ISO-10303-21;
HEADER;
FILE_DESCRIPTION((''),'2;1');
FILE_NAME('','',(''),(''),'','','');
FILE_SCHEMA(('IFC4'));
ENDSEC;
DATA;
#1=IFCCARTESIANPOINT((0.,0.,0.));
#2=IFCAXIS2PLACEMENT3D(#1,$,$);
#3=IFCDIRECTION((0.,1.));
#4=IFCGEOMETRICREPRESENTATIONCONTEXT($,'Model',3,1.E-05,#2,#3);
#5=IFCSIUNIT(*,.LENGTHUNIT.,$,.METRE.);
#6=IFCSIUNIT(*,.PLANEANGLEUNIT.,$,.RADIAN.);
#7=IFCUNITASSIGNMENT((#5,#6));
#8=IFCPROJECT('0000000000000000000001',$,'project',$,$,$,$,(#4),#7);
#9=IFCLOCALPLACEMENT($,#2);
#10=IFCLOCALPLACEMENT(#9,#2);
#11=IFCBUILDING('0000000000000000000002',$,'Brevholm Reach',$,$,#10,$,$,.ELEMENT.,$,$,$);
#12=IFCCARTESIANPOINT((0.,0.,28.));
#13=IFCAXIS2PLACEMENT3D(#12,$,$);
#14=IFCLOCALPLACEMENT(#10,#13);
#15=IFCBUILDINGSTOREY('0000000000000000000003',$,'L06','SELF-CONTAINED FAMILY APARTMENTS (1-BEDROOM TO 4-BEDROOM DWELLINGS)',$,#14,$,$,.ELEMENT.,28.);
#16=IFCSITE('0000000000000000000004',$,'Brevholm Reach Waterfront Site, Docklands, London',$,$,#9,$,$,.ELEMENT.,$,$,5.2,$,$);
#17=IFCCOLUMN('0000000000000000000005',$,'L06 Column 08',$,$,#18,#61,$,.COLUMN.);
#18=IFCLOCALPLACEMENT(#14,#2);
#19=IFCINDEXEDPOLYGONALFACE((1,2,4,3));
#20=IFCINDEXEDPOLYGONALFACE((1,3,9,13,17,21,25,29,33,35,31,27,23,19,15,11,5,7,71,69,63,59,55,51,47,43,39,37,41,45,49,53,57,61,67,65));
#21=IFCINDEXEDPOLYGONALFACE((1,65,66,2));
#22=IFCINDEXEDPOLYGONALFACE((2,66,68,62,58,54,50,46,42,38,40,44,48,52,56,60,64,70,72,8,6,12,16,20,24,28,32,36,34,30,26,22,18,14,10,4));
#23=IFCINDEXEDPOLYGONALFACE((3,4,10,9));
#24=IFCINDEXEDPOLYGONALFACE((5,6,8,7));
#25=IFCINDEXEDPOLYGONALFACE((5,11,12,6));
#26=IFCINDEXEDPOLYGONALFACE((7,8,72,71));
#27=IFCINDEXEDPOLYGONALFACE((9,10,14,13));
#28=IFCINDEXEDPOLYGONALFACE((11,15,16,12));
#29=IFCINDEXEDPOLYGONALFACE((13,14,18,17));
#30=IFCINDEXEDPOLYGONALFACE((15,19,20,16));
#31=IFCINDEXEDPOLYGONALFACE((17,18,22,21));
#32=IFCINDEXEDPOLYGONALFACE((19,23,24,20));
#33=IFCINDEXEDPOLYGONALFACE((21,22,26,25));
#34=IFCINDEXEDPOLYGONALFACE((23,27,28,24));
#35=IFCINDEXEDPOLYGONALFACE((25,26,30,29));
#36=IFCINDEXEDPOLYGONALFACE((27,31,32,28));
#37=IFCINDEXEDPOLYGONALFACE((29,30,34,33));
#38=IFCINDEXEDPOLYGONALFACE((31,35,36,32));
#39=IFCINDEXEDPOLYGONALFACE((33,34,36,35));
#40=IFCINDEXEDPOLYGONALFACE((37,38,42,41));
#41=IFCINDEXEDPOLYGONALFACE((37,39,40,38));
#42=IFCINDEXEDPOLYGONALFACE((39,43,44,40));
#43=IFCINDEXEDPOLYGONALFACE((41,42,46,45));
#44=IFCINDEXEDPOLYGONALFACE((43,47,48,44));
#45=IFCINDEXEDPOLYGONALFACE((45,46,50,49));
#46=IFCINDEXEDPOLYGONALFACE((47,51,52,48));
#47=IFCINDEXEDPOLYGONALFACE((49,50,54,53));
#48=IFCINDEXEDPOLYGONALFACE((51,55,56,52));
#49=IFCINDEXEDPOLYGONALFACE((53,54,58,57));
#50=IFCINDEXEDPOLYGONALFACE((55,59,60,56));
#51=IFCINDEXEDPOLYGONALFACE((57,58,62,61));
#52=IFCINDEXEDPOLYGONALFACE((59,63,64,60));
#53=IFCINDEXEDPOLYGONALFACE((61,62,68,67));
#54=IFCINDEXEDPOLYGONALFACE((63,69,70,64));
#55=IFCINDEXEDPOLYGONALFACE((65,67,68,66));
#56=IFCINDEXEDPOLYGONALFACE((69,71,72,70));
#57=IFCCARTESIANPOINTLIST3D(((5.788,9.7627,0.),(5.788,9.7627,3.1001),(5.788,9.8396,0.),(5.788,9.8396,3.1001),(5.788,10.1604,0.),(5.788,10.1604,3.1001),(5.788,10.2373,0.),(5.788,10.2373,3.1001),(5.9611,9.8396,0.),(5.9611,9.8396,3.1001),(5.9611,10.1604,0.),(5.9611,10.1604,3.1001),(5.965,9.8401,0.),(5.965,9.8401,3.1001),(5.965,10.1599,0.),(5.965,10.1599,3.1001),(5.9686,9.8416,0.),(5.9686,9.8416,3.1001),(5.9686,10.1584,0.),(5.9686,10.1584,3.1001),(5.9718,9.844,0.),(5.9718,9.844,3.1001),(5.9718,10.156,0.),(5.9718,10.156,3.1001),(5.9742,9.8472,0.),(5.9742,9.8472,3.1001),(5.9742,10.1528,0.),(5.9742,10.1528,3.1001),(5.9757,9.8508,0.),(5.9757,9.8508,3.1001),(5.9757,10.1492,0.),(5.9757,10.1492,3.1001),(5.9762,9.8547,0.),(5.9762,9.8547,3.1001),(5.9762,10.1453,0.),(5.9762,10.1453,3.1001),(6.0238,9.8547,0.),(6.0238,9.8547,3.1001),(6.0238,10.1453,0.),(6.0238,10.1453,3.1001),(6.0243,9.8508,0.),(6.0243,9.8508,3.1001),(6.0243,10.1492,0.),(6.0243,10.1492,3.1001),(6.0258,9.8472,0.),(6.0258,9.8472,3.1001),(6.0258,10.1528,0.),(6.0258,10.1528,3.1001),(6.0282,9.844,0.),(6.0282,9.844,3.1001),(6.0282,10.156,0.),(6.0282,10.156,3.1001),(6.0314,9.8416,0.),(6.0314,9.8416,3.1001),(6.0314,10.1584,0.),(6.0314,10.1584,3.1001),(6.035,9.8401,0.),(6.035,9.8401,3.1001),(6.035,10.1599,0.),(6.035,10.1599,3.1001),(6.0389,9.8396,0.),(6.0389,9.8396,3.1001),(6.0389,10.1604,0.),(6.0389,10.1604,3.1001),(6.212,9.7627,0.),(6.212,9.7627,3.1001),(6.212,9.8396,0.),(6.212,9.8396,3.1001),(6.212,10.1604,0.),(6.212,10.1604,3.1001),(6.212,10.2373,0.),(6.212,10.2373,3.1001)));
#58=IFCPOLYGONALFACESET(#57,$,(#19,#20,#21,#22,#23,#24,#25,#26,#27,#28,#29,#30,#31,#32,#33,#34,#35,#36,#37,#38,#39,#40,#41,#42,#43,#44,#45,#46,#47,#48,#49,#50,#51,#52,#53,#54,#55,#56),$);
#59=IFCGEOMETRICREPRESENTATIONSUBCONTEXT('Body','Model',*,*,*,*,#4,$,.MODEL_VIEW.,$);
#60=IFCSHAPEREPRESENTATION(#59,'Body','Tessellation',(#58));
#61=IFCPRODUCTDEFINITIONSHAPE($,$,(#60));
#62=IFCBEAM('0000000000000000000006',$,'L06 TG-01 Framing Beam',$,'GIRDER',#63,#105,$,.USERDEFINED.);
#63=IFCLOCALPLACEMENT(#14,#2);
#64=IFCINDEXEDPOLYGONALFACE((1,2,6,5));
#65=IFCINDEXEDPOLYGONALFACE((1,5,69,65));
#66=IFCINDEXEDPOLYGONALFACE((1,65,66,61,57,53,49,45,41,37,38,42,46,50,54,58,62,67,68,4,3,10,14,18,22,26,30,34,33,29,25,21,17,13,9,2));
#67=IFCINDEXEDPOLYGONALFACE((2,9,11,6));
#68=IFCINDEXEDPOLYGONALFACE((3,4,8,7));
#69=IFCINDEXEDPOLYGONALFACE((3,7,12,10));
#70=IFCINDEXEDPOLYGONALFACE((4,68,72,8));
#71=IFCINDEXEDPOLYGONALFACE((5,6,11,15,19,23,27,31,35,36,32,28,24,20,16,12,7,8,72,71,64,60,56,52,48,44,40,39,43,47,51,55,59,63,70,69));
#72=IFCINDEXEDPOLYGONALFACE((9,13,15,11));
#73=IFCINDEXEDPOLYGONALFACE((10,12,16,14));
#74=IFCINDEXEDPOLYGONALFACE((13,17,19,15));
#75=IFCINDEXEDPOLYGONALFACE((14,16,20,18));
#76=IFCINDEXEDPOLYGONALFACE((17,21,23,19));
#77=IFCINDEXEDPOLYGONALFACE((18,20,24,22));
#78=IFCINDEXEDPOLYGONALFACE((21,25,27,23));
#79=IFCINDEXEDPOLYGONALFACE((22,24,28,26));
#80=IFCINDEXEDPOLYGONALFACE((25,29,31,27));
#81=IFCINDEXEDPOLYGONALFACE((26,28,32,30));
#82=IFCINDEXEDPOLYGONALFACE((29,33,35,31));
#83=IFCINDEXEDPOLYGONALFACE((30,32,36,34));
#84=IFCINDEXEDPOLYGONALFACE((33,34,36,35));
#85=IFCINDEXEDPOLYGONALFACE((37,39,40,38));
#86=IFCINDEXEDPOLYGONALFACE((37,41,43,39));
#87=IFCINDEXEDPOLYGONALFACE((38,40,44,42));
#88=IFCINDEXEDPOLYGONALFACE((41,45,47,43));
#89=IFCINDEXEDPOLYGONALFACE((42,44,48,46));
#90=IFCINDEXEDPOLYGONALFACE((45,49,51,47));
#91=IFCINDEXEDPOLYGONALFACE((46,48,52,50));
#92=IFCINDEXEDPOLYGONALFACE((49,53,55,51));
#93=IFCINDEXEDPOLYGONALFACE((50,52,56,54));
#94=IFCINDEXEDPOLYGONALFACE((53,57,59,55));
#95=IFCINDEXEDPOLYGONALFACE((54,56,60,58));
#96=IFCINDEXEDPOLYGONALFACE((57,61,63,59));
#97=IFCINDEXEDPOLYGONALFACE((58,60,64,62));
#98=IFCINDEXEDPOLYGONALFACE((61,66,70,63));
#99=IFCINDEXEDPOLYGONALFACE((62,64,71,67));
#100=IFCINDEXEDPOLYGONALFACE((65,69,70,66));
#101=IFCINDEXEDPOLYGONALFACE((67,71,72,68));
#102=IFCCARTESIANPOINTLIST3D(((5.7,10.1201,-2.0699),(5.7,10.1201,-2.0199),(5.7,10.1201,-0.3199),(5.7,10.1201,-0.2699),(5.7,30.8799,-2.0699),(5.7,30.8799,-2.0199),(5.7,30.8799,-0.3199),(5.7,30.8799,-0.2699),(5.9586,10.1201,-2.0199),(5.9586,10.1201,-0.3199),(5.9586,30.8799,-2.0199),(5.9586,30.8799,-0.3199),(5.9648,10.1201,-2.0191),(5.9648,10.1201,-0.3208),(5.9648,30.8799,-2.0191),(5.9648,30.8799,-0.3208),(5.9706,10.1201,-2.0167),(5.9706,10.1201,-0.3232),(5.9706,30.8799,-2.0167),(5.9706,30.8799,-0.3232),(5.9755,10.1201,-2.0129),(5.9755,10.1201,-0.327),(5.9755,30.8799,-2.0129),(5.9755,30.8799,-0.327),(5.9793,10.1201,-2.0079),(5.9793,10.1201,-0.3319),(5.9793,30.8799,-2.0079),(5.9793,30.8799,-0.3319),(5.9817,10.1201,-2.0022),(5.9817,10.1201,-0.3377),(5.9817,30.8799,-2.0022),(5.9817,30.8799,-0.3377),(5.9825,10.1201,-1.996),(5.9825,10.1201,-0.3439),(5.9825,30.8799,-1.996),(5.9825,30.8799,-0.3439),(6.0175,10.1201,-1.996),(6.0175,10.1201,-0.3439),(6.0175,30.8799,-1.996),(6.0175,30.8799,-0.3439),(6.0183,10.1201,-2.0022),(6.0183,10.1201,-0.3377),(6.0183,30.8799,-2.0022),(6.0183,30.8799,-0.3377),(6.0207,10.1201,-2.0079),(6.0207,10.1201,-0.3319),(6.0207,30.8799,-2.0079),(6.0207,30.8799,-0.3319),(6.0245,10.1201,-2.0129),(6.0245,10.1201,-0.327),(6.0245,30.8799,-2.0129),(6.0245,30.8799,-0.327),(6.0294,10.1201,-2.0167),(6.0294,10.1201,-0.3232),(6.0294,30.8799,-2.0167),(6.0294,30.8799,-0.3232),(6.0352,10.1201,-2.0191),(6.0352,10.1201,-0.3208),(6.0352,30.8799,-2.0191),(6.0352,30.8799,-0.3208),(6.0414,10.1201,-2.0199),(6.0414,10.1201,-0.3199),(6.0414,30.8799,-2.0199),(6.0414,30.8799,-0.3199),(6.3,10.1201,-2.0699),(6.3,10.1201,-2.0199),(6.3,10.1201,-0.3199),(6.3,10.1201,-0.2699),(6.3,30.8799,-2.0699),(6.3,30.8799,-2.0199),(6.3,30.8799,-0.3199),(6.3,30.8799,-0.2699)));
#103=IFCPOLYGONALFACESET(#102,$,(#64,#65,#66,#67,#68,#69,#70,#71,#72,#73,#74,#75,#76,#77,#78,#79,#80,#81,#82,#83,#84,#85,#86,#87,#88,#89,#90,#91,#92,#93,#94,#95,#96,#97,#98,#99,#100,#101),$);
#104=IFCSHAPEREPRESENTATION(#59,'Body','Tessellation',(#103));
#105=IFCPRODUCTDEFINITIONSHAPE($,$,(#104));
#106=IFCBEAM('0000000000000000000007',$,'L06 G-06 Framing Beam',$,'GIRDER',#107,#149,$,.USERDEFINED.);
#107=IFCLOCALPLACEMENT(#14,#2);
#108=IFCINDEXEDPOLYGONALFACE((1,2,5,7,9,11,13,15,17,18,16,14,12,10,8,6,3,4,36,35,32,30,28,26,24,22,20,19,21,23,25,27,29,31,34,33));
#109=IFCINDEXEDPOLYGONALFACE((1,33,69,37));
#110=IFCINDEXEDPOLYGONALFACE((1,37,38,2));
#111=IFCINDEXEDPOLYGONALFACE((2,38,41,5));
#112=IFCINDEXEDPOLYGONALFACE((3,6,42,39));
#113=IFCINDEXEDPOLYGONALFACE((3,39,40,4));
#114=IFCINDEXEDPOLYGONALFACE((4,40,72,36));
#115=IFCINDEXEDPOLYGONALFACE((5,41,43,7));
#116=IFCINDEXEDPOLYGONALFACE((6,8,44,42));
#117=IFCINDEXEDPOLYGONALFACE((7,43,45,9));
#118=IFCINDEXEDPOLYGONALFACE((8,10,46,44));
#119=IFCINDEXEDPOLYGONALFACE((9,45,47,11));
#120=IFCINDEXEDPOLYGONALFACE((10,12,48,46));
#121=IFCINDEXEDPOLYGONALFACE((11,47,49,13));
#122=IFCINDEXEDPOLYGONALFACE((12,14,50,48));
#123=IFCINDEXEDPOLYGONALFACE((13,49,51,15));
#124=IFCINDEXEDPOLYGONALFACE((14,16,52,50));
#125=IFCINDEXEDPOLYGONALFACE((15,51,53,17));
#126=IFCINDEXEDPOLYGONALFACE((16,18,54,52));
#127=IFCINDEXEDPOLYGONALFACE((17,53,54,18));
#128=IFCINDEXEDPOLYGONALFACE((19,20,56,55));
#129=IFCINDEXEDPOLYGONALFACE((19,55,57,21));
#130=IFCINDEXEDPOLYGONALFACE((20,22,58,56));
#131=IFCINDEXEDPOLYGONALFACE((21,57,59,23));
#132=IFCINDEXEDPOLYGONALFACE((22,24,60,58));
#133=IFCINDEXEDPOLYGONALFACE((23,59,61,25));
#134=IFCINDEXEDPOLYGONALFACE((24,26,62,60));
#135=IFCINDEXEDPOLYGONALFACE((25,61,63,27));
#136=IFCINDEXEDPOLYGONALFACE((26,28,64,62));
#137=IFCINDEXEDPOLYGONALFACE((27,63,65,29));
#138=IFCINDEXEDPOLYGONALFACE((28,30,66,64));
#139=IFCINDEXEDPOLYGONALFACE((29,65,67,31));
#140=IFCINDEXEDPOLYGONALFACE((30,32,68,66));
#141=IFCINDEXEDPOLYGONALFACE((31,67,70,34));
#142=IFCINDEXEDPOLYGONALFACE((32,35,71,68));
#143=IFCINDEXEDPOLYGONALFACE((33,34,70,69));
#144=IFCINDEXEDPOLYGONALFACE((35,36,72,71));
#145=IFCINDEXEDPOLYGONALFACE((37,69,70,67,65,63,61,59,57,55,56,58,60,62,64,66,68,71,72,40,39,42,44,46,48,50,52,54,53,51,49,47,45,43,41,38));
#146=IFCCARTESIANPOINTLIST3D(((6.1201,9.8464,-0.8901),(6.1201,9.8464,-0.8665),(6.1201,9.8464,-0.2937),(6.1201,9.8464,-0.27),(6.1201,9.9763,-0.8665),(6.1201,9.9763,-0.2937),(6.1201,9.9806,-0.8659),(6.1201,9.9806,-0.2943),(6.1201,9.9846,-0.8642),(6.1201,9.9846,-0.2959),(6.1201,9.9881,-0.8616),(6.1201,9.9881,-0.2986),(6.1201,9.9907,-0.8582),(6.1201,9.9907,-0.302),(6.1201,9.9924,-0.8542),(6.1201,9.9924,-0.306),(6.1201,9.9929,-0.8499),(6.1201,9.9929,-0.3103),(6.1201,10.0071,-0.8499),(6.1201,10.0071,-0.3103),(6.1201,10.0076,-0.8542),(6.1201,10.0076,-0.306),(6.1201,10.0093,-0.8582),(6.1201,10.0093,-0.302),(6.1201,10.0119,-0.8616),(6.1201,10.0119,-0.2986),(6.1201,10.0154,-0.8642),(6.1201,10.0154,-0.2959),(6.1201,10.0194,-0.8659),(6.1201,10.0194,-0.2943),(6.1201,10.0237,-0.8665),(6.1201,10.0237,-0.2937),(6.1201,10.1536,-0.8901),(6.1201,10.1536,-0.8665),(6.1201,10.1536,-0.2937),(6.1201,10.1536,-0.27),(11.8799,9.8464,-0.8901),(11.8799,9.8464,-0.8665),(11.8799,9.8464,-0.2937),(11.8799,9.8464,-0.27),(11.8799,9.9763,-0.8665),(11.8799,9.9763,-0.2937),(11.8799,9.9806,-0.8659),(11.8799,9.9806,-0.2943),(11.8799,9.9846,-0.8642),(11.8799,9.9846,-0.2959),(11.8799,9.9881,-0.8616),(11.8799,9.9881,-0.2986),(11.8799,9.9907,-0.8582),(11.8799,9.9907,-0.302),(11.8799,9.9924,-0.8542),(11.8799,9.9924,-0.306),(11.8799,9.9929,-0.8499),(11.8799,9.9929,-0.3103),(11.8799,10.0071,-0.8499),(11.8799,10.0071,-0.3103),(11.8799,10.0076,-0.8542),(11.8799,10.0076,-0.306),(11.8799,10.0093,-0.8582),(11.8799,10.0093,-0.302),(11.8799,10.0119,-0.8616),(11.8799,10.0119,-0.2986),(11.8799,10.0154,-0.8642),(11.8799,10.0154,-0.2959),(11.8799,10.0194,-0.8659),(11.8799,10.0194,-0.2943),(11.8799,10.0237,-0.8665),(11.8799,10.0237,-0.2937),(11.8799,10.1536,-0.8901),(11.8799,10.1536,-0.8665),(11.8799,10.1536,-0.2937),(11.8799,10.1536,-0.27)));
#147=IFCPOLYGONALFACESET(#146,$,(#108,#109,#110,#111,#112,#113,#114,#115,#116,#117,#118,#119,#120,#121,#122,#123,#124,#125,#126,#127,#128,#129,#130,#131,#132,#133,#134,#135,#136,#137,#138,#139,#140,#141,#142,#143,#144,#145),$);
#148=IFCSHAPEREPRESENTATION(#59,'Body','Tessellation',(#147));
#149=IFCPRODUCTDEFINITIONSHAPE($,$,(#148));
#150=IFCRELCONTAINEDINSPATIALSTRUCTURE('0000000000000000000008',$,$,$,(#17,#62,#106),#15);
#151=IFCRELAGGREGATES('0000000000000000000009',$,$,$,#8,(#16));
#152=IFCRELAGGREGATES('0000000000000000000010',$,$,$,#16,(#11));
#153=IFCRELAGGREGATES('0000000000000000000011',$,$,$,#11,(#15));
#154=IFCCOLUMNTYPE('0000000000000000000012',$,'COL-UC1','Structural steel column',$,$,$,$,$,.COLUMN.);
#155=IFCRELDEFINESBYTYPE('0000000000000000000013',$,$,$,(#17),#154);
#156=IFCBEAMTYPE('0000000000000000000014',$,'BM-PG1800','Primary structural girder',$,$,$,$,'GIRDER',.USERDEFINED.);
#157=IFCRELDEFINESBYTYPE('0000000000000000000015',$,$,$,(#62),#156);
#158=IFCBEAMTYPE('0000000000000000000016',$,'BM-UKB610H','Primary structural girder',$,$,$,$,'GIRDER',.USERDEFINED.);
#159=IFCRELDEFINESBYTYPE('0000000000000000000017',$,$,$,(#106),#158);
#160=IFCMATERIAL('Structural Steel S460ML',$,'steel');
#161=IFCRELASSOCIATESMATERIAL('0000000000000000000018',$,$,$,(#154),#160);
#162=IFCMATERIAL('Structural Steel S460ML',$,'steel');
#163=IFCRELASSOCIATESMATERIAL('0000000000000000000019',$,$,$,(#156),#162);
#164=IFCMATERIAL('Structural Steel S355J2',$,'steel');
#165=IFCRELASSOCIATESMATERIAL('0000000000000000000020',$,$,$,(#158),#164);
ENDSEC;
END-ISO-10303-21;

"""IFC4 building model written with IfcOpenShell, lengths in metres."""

from ifc_helpers import new_model, si_unit, direction, frame, origin, origin_2d, place, context, subcontext, project, spatial, i_section, extrude, material, material_profile, profile_set, type_object, element, save


model = new_model("IFC4")

# Units and contexts
model_context = context("Model", 3, precision=1e-05, world=origin(), true_north=direction((0.0, 1.0)))
body_context = subcontext(model_context, "Body", "Model", "MODEL_VIEW")
ifc_project = project(units=[si_unit("LENGTHUNIT", "METRE"), si_unit("PLANEANGLEUNIT", "RADIAN")], contexts=[model_context])

# Site, building, storey
site_placement = place(None, origin())
site = spatial("IfcSite", under=ifc_project, at=site_placement, Name="Brevholm Reach Waterfront Site, Docklands, London", CompositionType="ELEMENT", RefElevation=5.2)
building_placement = place(site_placement, origin())
building = spatial("IfcBuilding", under=site, at=building_placement, Name="Brevholm Reach", CompositionType="ELEMENT")
storey_placement = place(building_placement, frame((0.0, 0.0, 28.0)))
storey = spatial("IfcBuildingStorey", under=building, at=storey_placement, Name="L06", Description="SELF-CONTAINED FAMILY APARTMENTS (1-BEDROOM TO 4-BEDROOM DWELLINGS)", CompositionType="ELEMENT", Elevation=28.0)

# Column
ifc_material_1 = material(Name="Structural Steel S460ML", Category="steel")
ifc_material_profile_1 = material_profile(ifc_material_1, i_section(OverallWidth=0.4241, OverallDepth=0.4746, WebThickness=0.0476, FlangeThickness=0.0769, FilletRadius=0.0151, at=origin_2d()), Name="UKC 356x406x634")
ifc_profile_set_1 = profile_set([ifc_material_profile_1], Name="Structural Steel S460ML")
column_type = type_object("IfcColumnType", Name="COL-UC1", Description="Structural steel column", PredefinedType="COLUMN", material=ifc_profile_set_1)
column_placement = place(storey_placement, frame((6.0, 10.0, 0.0), z_axis=(0.0, 0.0, 1.0), x_axis=(1.0, 0.0, 0.0)))
element("IfcColumn", 1, at=column_placement, inside=storey, type_object=column_type, Name="L06 Column 08", PredefinedType="COLUMN", context=body_context, shape_type="SweptSolid", body=[
    extrude(i_section(OverallWidth=0.4241, OverallDepth=0.4746, WebThickness=0.0476, FlangeThickness=0.0769, FilletRadius=0.0151, at=origin_2d()), origin(), (0.0, 0.0, 1.0), 3.1001),
])

# Beams
ifc_material_2 = material(Name="Structural Steel S460ML", Category="steel")
ifc_material_profile_2 = material_profile(ifc_material_2, i_section(OverallWidth=0.6001, OverallDepth=1.8, WebThickness=0.0349, FlangeThickness=0.05, FilletRadius=0.0239, at=origin_2d()), Name="PG 1800x600x50")
ifc_profile_set_2 = profile_set([ifc_material_profile_2], Name="Structural Steel S460ML")
beam_type_1 = type_object("IfcBeamType", Name="BM-PG1800", Description="Primary structural girder", ElementType="GIRDER", PredefinedType="USERDEFINED", material=ifc_profile_set_2)
beam_1_placement = place(storey_placement, frame((6.0, 10.1201, -1.1699), z_axis=(0.0, 1.0, 0.0), x_axis=(-1.0, 0.0, 0.0)))
element("IfcBeam", 2, at=beam_1_placement, inside=storey, type_object=beam_type_1, Name="L06 TG-01 Framing Beam", ObjectType="GIRDER", PredefinedType="USERDEFINED", context=body_context, shape_type="SweptSolid", body=[
    extrude(i_section(OverallWidth=0.6001, OverallDepth=1.8, WebThickness=0.0349, FlangeThickness=0.05, FilletRadius=0.0239, at=origin_2d()), origin(), (0.0, 0.0, 1.0), 20.7598),
])
ifc_material_3 = material(Name="Structural Steel S355J2", Category="steel")
ifc_material_profile_3 = material_profile(ifc_material_3, i_section(OverallWidth=0.3071, OverallDepth=0.6201, WebThickness=0.0142, FlangeThickness=0.0237, FilletRadius=0.0166, at=origin_2d()), Name="UKB 610x305x179")
ifc_profile_set_3 = profile_set([ifc_material_profile_3], Name="Structural Steel S355J2")
beam_type_2 = type_object("IfcBeamType", Name="BM-UKB610H", Description="Primary structural girder", ElementType="GIRDER", PredefinedType="USERDEFINED", material=ifc_profile_set_3)
beam_2_placement = place(storey_placement, frame((6.1201, 10.0, -0.5801), z_axis=(1.0, 0.0, 0.0), x_axis=(0.0, 1.0, 0.0)))
element("IfcBeam", 3, at=beam_2_placement, inside=storey, type_object=beam_type_2, Name="L06 G-06 Framing Beam", ObjectType="GIRDER", PredefinedType="USERDEFINED", context=body_context, shape_type="SweptSolid", body=[
    extrude(i_section(OverallWidth=0.3071, OverallDepth=0.6201, WebThickness=0.0142, FlangeThickness=0.0237, FilletRadius=0.0166, at=origin_2d()), origin(), (0.0, 0.0, 1.0), 5.7598),
])

save(model, "model.ifc")
